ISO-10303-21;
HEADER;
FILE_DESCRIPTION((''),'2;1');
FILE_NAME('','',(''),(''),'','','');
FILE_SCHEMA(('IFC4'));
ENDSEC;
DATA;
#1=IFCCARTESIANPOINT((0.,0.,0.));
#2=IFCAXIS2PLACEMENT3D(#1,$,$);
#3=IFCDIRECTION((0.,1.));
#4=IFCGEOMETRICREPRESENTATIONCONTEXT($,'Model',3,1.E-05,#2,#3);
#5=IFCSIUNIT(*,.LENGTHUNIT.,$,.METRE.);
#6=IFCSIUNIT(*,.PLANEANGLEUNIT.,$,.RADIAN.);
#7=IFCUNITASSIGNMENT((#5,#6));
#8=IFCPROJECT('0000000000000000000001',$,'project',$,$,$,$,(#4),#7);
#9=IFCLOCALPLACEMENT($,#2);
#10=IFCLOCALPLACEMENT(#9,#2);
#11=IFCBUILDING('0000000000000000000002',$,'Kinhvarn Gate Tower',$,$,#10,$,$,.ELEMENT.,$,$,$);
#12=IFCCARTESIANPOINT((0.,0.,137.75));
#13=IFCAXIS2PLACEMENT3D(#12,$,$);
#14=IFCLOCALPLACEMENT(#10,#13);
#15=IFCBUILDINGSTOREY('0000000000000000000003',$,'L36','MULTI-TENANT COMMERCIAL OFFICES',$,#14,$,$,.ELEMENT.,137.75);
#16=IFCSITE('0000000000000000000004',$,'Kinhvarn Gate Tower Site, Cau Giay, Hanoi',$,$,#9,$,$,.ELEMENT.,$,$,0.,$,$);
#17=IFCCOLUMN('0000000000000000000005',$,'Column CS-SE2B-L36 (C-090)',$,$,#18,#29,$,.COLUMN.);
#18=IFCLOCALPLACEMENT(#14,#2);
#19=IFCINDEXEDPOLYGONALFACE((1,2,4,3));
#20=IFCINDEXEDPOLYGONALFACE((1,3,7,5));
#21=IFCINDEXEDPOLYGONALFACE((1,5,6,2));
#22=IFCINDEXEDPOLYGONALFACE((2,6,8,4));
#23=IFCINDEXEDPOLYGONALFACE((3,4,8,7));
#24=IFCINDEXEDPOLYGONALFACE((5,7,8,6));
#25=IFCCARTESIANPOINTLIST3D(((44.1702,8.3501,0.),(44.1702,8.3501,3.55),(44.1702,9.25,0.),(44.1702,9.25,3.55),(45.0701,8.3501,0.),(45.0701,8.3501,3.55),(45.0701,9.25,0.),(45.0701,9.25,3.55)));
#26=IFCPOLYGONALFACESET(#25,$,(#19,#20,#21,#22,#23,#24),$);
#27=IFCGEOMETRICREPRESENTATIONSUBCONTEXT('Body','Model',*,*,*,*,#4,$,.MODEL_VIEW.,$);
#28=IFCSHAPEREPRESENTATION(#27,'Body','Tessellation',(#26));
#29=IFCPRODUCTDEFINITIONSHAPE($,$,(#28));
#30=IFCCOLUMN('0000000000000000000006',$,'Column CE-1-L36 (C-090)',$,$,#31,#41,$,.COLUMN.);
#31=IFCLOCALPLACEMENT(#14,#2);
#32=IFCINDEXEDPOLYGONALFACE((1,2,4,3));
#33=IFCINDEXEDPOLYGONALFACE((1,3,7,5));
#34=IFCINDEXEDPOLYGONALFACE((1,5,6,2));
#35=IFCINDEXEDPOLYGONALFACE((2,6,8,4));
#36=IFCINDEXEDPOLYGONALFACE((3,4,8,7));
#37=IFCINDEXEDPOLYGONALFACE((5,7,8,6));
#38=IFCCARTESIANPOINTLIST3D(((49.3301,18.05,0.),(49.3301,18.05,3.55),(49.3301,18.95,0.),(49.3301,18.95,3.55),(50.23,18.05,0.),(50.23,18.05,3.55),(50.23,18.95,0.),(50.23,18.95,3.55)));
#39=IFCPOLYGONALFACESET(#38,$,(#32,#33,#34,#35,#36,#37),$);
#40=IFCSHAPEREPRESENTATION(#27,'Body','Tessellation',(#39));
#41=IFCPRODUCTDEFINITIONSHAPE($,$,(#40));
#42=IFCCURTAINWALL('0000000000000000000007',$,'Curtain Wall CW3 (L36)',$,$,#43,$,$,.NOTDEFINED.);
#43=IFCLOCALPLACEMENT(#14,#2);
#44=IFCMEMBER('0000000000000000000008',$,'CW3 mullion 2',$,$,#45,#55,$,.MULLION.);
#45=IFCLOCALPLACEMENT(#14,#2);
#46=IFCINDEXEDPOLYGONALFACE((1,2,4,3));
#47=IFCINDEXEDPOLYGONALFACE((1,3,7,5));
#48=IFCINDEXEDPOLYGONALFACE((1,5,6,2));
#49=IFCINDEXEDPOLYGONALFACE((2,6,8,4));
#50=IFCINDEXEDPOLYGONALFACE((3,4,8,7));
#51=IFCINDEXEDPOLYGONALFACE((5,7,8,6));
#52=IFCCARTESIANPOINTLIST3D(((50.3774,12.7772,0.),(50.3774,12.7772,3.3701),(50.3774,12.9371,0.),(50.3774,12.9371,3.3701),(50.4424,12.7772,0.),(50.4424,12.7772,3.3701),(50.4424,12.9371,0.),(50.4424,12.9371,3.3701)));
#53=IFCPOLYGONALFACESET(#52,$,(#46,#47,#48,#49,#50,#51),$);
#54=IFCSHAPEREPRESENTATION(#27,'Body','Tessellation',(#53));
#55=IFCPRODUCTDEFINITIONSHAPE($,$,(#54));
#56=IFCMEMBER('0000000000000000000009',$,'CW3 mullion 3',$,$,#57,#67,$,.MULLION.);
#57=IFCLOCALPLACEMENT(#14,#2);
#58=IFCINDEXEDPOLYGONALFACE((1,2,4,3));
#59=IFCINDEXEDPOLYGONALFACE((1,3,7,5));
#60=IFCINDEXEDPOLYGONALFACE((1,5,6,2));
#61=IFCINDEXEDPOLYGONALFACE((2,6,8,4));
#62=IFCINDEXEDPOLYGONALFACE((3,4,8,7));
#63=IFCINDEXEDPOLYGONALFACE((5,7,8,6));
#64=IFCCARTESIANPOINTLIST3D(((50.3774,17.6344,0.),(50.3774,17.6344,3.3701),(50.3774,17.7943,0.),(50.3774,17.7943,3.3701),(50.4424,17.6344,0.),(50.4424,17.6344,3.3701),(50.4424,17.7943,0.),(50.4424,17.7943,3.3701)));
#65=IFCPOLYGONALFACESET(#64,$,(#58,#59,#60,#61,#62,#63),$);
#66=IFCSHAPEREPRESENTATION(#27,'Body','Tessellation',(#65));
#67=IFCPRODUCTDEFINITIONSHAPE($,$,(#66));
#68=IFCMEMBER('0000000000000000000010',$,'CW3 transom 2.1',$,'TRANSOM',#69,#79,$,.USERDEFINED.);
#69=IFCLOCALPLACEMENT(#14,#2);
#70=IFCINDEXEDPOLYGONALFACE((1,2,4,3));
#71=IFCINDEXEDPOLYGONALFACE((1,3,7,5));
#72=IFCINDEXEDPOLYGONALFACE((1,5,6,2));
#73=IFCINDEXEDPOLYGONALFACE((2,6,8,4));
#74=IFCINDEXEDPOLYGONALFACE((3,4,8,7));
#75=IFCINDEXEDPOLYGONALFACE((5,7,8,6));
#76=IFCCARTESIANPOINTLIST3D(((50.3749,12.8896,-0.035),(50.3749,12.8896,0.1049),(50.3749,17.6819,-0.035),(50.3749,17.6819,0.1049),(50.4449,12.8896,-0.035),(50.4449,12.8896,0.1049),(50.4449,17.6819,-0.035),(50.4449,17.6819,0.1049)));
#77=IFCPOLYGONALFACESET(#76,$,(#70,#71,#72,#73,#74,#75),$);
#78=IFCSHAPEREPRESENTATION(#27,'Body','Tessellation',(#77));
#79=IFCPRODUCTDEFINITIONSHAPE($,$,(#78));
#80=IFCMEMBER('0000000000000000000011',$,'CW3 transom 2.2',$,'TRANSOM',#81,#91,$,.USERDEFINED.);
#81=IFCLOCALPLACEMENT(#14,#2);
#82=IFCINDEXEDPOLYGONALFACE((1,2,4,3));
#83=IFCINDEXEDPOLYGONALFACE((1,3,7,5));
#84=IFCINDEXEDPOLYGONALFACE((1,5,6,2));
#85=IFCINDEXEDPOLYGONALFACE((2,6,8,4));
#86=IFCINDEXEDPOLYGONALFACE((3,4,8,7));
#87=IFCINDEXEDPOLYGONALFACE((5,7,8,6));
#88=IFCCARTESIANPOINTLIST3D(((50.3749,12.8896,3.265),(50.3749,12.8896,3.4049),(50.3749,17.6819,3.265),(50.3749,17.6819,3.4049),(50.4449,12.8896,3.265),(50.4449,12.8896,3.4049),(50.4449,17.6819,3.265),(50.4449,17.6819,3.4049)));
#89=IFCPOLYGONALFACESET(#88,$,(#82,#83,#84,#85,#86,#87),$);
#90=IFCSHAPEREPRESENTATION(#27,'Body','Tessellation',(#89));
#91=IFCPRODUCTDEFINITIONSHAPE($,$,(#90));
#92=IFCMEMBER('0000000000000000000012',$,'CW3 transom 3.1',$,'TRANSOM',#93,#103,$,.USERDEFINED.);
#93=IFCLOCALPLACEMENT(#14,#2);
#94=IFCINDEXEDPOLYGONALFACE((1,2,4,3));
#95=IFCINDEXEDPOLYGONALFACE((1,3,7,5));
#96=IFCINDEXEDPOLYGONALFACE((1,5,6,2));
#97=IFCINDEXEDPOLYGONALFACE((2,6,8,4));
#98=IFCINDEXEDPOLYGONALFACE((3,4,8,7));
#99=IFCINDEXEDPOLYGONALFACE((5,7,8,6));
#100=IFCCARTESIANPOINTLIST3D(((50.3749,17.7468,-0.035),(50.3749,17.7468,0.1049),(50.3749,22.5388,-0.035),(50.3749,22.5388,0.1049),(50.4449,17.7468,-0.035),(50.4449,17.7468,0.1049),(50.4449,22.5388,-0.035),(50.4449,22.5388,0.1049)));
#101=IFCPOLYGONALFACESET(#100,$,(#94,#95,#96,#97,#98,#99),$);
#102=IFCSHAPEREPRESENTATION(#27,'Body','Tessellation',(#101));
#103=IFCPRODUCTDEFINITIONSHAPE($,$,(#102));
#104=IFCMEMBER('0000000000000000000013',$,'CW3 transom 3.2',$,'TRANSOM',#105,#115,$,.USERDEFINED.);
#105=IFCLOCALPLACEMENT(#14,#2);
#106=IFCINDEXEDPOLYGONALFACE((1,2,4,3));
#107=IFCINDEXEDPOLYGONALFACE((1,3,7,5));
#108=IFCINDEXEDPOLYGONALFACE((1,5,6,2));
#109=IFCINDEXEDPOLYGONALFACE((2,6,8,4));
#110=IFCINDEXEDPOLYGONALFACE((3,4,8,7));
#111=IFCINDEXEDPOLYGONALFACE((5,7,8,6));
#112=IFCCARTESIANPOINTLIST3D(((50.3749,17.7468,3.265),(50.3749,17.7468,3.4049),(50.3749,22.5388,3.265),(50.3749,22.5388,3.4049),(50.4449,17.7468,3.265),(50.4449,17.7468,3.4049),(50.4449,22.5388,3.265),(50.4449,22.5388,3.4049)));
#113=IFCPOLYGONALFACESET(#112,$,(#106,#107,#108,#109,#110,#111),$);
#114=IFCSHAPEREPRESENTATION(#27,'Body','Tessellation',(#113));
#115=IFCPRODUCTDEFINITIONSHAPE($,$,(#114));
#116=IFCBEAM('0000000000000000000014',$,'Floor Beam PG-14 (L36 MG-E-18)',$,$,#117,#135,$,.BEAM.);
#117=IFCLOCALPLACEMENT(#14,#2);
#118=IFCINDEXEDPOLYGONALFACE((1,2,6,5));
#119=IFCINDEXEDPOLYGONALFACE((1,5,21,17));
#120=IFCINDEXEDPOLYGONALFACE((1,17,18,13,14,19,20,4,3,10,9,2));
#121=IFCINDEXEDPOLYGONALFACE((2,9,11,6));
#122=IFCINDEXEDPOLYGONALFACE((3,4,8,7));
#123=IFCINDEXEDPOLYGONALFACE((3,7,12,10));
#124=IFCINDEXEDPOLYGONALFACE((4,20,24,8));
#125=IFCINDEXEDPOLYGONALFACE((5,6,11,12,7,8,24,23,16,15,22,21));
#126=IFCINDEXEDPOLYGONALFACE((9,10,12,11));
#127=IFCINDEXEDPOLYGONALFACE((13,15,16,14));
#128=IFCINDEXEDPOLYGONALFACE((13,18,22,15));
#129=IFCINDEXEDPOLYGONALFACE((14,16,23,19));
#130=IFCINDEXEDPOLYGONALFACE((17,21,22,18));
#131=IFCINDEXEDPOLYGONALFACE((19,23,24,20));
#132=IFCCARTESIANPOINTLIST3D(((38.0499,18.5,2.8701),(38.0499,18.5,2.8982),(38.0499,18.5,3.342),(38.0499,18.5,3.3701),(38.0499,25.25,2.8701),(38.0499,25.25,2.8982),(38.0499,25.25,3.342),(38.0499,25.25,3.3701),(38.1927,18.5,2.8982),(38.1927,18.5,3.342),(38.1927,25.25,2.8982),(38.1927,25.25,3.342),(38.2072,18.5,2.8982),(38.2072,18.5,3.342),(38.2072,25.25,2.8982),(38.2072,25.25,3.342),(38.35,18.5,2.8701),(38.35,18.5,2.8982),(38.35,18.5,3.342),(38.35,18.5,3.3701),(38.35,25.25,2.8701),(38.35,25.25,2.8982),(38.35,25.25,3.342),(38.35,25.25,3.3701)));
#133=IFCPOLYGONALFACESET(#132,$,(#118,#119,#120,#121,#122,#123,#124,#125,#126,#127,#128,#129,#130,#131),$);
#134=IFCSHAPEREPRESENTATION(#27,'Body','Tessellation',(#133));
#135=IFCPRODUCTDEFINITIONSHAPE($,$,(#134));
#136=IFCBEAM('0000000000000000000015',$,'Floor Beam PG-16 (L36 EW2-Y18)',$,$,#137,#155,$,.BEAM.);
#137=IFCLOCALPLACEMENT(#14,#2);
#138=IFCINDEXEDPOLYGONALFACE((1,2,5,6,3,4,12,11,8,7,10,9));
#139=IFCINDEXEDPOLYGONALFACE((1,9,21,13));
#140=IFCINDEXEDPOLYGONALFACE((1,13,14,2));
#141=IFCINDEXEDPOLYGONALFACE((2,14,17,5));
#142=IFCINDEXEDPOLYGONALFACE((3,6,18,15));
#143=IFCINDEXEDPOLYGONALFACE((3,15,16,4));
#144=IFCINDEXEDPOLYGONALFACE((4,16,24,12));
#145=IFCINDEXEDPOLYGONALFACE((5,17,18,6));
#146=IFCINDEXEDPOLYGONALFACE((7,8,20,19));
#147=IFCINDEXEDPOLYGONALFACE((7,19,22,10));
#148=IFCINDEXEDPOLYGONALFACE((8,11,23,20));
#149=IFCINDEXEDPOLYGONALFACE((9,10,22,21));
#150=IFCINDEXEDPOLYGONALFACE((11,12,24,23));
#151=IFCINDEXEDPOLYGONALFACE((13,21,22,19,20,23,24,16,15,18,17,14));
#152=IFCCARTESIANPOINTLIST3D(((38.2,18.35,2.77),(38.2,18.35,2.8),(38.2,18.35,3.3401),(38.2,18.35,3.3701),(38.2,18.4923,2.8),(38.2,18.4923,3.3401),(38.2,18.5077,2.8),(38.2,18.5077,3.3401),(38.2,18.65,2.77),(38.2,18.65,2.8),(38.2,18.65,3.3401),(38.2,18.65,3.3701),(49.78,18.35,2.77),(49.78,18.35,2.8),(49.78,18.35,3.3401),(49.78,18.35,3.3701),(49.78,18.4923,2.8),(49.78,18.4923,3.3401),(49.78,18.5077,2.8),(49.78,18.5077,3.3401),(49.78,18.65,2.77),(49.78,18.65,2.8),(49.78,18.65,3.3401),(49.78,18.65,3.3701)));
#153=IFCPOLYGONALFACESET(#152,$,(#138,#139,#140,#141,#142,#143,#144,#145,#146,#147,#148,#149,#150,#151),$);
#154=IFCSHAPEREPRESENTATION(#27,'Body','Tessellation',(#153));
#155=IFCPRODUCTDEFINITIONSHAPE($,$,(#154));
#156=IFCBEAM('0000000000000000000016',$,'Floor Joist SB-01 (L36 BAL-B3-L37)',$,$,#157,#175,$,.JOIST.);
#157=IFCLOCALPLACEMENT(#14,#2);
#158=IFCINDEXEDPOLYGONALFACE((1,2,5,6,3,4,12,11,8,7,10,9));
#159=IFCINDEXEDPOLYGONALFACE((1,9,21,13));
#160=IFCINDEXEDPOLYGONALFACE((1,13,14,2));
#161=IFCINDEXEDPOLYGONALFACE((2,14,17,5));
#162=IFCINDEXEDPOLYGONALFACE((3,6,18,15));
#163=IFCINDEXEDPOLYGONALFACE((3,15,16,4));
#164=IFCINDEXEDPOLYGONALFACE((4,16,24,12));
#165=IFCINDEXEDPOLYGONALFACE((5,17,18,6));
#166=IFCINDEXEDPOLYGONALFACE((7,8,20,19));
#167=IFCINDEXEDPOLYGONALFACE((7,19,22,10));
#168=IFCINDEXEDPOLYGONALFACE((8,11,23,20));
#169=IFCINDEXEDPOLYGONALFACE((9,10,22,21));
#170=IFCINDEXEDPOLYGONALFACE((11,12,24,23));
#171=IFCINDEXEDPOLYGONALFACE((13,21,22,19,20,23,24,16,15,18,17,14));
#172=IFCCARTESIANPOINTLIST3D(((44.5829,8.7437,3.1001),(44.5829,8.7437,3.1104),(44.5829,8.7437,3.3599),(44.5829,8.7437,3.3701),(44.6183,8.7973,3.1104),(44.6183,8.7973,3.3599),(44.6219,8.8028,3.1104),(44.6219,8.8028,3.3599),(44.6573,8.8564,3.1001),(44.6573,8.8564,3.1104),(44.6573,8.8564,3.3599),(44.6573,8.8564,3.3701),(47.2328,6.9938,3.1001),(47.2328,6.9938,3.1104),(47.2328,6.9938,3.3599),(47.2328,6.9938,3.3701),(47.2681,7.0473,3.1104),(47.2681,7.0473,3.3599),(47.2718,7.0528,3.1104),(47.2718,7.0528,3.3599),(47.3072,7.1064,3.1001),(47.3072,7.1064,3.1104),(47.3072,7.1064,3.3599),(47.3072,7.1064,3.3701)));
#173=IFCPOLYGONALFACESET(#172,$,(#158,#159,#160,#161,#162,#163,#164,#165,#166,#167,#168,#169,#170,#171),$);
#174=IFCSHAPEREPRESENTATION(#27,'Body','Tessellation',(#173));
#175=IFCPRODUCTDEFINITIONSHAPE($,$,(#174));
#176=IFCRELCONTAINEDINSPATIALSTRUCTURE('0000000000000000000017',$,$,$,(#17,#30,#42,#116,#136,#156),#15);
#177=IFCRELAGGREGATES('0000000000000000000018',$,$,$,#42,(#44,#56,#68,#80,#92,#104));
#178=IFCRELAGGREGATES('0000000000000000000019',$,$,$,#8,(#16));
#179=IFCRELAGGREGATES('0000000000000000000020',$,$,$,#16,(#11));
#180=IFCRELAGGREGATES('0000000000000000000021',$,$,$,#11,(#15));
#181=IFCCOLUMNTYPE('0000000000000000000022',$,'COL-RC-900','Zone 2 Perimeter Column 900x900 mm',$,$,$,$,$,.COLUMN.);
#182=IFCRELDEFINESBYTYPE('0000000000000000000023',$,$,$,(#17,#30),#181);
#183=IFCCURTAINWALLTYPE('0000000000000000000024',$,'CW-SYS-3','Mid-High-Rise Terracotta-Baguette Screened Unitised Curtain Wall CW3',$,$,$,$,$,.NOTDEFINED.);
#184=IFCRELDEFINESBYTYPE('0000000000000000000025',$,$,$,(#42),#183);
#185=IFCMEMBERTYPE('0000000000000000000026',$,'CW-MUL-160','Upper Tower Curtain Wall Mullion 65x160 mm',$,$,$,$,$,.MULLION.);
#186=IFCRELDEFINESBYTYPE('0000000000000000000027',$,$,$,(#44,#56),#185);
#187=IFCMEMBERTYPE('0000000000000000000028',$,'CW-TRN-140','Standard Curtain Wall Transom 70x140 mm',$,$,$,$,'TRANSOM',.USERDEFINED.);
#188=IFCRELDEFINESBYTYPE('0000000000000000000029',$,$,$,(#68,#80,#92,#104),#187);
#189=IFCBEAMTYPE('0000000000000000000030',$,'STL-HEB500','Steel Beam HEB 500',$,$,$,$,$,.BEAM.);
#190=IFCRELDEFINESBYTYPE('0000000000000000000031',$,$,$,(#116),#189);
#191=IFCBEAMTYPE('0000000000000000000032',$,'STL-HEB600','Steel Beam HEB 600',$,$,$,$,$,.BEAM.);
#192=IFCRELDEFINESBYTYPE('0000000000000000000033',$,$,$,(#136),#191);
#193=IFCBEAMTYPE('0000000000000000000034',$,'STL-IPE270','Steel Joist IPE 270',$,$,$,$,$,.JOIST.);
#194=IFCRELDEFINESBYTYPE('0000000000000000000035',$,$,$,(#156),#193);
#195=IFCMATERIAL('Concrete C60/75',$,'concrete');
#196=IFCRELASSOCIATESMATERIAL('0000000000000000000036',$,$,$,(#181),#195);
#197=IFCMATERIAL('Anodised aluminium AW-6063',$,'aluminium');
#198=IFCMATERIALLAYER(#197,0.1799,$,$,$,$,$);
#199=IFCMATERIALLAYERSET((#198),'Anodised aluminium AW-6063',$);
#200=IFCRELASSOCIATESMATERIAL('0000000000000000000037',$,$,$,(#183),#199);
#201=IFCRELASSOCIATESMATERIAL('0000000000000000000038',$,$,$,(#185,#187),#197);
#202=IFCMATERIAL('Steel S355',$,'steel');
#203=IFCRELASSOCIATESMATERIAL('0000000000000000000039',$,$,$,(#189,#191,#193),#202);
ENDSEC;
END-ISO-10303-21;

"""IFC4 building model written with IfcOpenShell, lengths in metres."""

from ifc_helpers import new_model, si_unit, direction, frame, origin, origin_2d, place, context, subcontext, project, spatial, rectangle, i_section, extrude, material, layer, layer_set, material_profile, profile_set, type_object, element, aggregate, save


model = new_model("IFC4")

# Units and contexts
model_context = context("Model", 3, precision=1e-05, world=origin(), true_north=direction((0.0, 1.0)))
body_context = subcontext(model_context, "Body", "Model", "MODEL_VIEW")
ifc_project = project(units=[si_unit("LENGTHUNIT", "METRE"), si_unit("PLANEANGLEUNIT", "RADIAN")], contexts=[model_context])

# Site, building, storey
site_placement = place(None, origin())
site = spatial("IfcSite", under=ifc_project, at=site_placement, Name="Kinhvarn Gate Tower Site, Cau Giay, Hanoi", CompositionType="ELEMENT", RefElevation=0.0)
building_placement = place(site_placement, origin())
building = spatial("IfcBuilding", under=site, at=building_placement, Name="Kinhvarn Gate Tower", CompositionType="ELEMENT")
storey_placement = place(building_placement, frame((0.0, 0.0, 137.75)))
storey = spatial("IfcBuildingStorey", under=building, at=storey_placement, Name="L36", Description="MULTI-TENANT COMMERCIAL OFFICES", CompositionType="ELEMENT", Elevation=137.75)

# Columns
ifc_material_1 = material(Name="Concrete C60/75", Category="concrete")
ifc_material_profile_1 = material_profile(ifc_material_1, rectangle(XDim=0.8999, YDim=0.8999, at=origin_2d()), Name="RC 900x900")
ifc_profile_set_1 = profile_set([ifc_material_profile_1], Name="Concrete C60/75")
column_type = type_object("IfcColumnType", Name="COL-RC-900", Description="Zone 2 Perimeter Column 900x900 mm", PredefinedType="COLUMN", material=ifc_profile_set_1)
for number, where, z_axis, x_axis, name in (
    (1, (44.6201, 8.8, 0.0), (0.0, 0.0, 1.0), (1.0, 0.0, 0.0), "Column CS-SE2B-L36 (C-090)"),
    (2, (49.78, 18.5, 0.0), (0.0, 0.0, 1.0), (1.0, 0.0, 0.0), "Column CE-1-L36 (C-090)"),
):
    element("IfcColumn", number, at=place(storey_placement, frame(where, z_axis=z_axis, x_axis=x_axis)), inside=storey, type_object=column_type, Name=name, PredefinedType="COLUMN", context=body_context, shape_type="SweptSolid", body=[
        extrude(rectangle(XDim=0.8999, YDim=0.8999, at=origin_2d()), origin(), (0.0, 0.0, 1.0), 3.55),
    ])

# Curtain wall, members
ifc_material_2 = material(Name="Anodised aluminium AW-6063", Category="aluminium")
ifc_layer_1 = layer(ifc_material_2, 0.1799)
ifc_layer_set_1 = layer_set([ifc_layer_1], Name="Anodised aluminium AW-6063")
curtain_wall_type = type_object("IfcCurtainWallType", Name="CW-SYS-3", Description="Mid-High-Rise Terracotta-Baguette Screened Unitised Curtain Wall CW3", PredefinedType="NOTDEFINED", material=ifc_layer_set_1)
curtain_wall_placement = place(storey_placement, origin())
curtain_wall = element("IfcCurtainWall", 3, at=curtain_wall_placement, inside=storey, type_object=curtain_wall_type, Name="Curtain Wall CW3 (L36)", PredefinedType="NOTDEFINED")
ifc_material_profile_2 = material_profile(ifc_material_2, rectangle(XDim=0.0649, YDim=0.1599, at=origin_2d()), Name="ALU 65x160")
ifc_profile_set_2 = profile_set([ifc_material_profile_2], Name="Anodised aluminium AW-6063")
member_type_1 = type_object("IfcMemberType", Name="CW-MUL-160", Description="Upper Tower Curtain Wall Mullion 65x160 mm", PredefinedType="MULLION", material=ifc_profile_set_2)
member_1_placement = place(storey_placement, frame((50.4099, 12.8572, 0.0), z_axis=(0.0, 0.0, 1.0), x_axis=(-1.0, 0.0, 0.0)))
member_1 = element("IfcMember", 4, at=member_1_placement, type_object=member_type_1, Name="CW3 mullion 2", PredefinedType="MULLION", context=body_context, shape_type="SweptSolid", body=[
    extrude(rectangle(XDim=0.0649, YDim=0.1599, at=origin_2d()), origin(), (0.0, 0.0, 1.0), 3.3701),
])
member_2_placement = place(storey_placement, frame((50.4099, 17.7144, 0.0), z_axis=(0.0, 0.0, 1.0), x_axis=(-1.0, 0.0, 0.0)))
member_2 = element("IfcMember", 5, at=member_2_placement, type_object=member_type_1, Name="CW3 mullion 3", PredefinedType="MULLION", context=body_context, shape_type="SweptSolid", body=[
    extrude(rectangle(XDim=0.0649, YDim=0.1599, at=origin_2d()), origin(), (0.0, 0.0, 1.0), 3.3701),
])
ifc_material_profile_3 = material_profile(ifc_material_2, rectangle(XDim=0.0701, YDim=0.1399, at=origin_2d()), Name="ALU 70x140")
ifc_profile_set_3 = profile_set([ifc_material_profile_3], Name="Anodised aluminium AW-6063")
member_type_2 = type_object("IfcMemberType", Name="CW-TRN-140", Description="Standard Curtain Wall Transom 70x140 mm", ElementType="TRANSOM", PredefinedType="USERDEFINED", material=ifc_profile_set_3)
member_3_placement = place(storey_placement, frame((50.4099, 12.8896, 0.0349), z_axis=(0.0, 1.0, 0.0), x_axis=(-1.0, 0.0, 0.0)))
member_3 = element("IfcMember", 6, at=member_3_placement, type_object=member_type_2, Name="CW3 transom 2.1", ObjectType="TRANSOM", PredefinedType="USERDEFINED", context=body_context, shape_type="SweptSolid", body=[
    extrude(rectangle(XDim=0.0701, YDim=0.1399, at=origin_2d()), origin(), (0.0, 0.0, 1.0), 4.7922),
])
member_4_placement = place(storey_placement, frame((50.4099, 12.8896, 3.335), z_axis=(0.0, 1.0, 0.0), x_axis=(-1.0, 0.0, 0.0)))
member_4 = element("IfcMember", 7, at=member_4_placement, type_object=member_type_2, Name="CW3 transom 2.2", ObjectType="TRANSOM", PredefinedType="USERDEFINED", context=body_context, shape_type="SweptSolid", body=[
    extrude(rectangle(XDim=0.0701, YDim=0.1399, at=origin_2d()), origin(), (0.0, 0.0, 1.0), 4.7922),
])
member_5_placement = place(storey_placement, frame((50.4099, 17.7468, 0.0349), z_axis=(0.0, 1.0, 0.0), x_axis=(-1.0, 0.0, 0.0)))
member_5 = element("IfcMember", 8, at=member_5_placement, type_object=member_type_2, Name="CW3 transom 3.1", ObjectType="TRANSOM", PredefinedType="USERDEFINED", context=body_context, shape_type="SweptSolid", body=[
    extrude(rectangle(XDim=0.0701, YDim=0.1399, at=origin_2d()), origin(), (0.0, 0.0, 1.0), 4.792),
])
member_6_placement = place(storey_placement, frame((50.4099, 17.7468, 3.335), z_axis=(0.0, 1.0, 0.0), x_axis=(-1.0, 0.0, 0.0)))
member_6 = element("IfcMember", 9, at=member_6_placement, type_object=member_type_2, Name="CW3 transom 3.2", ObjectType="TRANSOM", PredefinedType="USERDEFINED", context=body_context, shape_type="SweptSolid", body=[
    extrude(rectangle(XDim=0.0701, YDim=0.1399, at=origin_2d()), origin(), (0.0, 0.0, 1.0), 4.792),
])

# Beams
ifc_material_3 = material(Name="Steel S355", Category="steel")
ifc_material_profile_4 = material_profile(ifc_material_3, i_section(OverallWidth=0.3, OverallDepth=0.5, WebThickness=0.0144, FlangeThickness=0.0281, at=origin_2d()), Name="HEB 500")
ifc_profile_set_4 = profile_set([ifc_material_profile_4], Name="Steel S355")
beam_type_1 = type_object("IfcBeamType", Name="STL-HEB500", Description="Steel Beam HEB 500", PredefinedType="BEAM", material=ifc_profile_set_4)
beam_1_placement = place(storey_placement, frame((38.2, 18.5, 3.1201), z_axis=(0.0, 1.0, 0.0), x_axis=(-1.0, 0.0, 0.0)))
element("IfcBeam", 10, at=beam_1_placement, inside=storey, type_object=beam_type_1, Name="Floor Beam PG-14 (L36 MG-E-18)", PredefinedType="BEAM", context=body_context, shape_type="SweptSolid", body=[
    extrude(i_section(OverallWidth=0.3, OverallDepth=0.5, WebThickness=0.0144, FlangeThickness=0.0281, at=origin_2d()), origin(), (0.0, 0.0, 1.0), 6.75),
])
ifc_material_profile_5 = material_profile(ifc_material_3, i_section(OverallWidth=0.3, OverallDepth=0.6001, WebThickness=0.0154, FlangeThickness=0.03, at=origin_2d()), Name="HEB 600")
ifc_profile_set_5 = profile_set([ifc_material_profile_5], Name="Steel S355")
beam_type_2 = type_object("IfcBeamType", Name="STL-HEB600", Description="Steel Beam HEB 600", PredefinedType="BEAM", material=ifc_profile_set_5)
beam_2_placement = place(storey_placement, frame((38.2, 18.5, 3.0701), z_axis=(1.0, 0.0, 0.0), x_axis=(0.0, 1.0, 0.0)))
element("IfcBeam", 11, at=beam_2_placement, inside=storey, type_object=beam_type_2, Name="Floor Beam PG-16 (L36 EW2-Y18)", PredefinedType="BEAM", context=body_context, shape_type="SweptSolid", body=[
    extrude(i_section(OverallWidth=0.3, OverallDepth=0.6001, WebThickness=0.0154, FlangeThickness=0.03, at=origin_2d()), origin(), (0.0, 0.0, 1.0), 11.5801),
])
ifc_material_profile_6 = material_profile(ifc_material_3, i_section(OverallWidth=0.135, OverallDepth=0.27, WebThickness=0.0066, FlangeThickness=0.0103, at=origin_2d()), Name="IPE 270")
ifc_profile_set_6 = profile_set([ifc_material_profile_6], Name="Steel S355")
beam_type_3 = type_object("IfcBeamType", Name="STL-IPE270", Description="Steel Joist IPE 270", PredefinedType="JOIST", material=ifc_profile_set_6)
beam_3_placement = place(storey_placement, frame((44.6201, 8.8, 3.2351), z_axis=(0.834455, -0.551076, 0.0), x_axis=(0.551076, 0.834455, 0.0)))
element("IfcBeam", 12, at=beam_3_placement, inside=storey, type_object=beam_type_3, Name="Floor Joist SB-01 (L36 BAL-B3-L37)", PredefinedType="JOIST", context=body_context, shape_type="SweptSolid", body=[
    extrude(i_section(OverallWidth=0.135, OverallDepth=0.27, WebThickness=0.0066, FlangeThickness=0.0103, at=origin_2d()), origin(), (0.0, 0.0, 1.0), 3.1755),
])

aggregate(curtain_wall, [member_1, member_2, member_3, member_4, member_5, member_6])

save(model, "model.ifc")
